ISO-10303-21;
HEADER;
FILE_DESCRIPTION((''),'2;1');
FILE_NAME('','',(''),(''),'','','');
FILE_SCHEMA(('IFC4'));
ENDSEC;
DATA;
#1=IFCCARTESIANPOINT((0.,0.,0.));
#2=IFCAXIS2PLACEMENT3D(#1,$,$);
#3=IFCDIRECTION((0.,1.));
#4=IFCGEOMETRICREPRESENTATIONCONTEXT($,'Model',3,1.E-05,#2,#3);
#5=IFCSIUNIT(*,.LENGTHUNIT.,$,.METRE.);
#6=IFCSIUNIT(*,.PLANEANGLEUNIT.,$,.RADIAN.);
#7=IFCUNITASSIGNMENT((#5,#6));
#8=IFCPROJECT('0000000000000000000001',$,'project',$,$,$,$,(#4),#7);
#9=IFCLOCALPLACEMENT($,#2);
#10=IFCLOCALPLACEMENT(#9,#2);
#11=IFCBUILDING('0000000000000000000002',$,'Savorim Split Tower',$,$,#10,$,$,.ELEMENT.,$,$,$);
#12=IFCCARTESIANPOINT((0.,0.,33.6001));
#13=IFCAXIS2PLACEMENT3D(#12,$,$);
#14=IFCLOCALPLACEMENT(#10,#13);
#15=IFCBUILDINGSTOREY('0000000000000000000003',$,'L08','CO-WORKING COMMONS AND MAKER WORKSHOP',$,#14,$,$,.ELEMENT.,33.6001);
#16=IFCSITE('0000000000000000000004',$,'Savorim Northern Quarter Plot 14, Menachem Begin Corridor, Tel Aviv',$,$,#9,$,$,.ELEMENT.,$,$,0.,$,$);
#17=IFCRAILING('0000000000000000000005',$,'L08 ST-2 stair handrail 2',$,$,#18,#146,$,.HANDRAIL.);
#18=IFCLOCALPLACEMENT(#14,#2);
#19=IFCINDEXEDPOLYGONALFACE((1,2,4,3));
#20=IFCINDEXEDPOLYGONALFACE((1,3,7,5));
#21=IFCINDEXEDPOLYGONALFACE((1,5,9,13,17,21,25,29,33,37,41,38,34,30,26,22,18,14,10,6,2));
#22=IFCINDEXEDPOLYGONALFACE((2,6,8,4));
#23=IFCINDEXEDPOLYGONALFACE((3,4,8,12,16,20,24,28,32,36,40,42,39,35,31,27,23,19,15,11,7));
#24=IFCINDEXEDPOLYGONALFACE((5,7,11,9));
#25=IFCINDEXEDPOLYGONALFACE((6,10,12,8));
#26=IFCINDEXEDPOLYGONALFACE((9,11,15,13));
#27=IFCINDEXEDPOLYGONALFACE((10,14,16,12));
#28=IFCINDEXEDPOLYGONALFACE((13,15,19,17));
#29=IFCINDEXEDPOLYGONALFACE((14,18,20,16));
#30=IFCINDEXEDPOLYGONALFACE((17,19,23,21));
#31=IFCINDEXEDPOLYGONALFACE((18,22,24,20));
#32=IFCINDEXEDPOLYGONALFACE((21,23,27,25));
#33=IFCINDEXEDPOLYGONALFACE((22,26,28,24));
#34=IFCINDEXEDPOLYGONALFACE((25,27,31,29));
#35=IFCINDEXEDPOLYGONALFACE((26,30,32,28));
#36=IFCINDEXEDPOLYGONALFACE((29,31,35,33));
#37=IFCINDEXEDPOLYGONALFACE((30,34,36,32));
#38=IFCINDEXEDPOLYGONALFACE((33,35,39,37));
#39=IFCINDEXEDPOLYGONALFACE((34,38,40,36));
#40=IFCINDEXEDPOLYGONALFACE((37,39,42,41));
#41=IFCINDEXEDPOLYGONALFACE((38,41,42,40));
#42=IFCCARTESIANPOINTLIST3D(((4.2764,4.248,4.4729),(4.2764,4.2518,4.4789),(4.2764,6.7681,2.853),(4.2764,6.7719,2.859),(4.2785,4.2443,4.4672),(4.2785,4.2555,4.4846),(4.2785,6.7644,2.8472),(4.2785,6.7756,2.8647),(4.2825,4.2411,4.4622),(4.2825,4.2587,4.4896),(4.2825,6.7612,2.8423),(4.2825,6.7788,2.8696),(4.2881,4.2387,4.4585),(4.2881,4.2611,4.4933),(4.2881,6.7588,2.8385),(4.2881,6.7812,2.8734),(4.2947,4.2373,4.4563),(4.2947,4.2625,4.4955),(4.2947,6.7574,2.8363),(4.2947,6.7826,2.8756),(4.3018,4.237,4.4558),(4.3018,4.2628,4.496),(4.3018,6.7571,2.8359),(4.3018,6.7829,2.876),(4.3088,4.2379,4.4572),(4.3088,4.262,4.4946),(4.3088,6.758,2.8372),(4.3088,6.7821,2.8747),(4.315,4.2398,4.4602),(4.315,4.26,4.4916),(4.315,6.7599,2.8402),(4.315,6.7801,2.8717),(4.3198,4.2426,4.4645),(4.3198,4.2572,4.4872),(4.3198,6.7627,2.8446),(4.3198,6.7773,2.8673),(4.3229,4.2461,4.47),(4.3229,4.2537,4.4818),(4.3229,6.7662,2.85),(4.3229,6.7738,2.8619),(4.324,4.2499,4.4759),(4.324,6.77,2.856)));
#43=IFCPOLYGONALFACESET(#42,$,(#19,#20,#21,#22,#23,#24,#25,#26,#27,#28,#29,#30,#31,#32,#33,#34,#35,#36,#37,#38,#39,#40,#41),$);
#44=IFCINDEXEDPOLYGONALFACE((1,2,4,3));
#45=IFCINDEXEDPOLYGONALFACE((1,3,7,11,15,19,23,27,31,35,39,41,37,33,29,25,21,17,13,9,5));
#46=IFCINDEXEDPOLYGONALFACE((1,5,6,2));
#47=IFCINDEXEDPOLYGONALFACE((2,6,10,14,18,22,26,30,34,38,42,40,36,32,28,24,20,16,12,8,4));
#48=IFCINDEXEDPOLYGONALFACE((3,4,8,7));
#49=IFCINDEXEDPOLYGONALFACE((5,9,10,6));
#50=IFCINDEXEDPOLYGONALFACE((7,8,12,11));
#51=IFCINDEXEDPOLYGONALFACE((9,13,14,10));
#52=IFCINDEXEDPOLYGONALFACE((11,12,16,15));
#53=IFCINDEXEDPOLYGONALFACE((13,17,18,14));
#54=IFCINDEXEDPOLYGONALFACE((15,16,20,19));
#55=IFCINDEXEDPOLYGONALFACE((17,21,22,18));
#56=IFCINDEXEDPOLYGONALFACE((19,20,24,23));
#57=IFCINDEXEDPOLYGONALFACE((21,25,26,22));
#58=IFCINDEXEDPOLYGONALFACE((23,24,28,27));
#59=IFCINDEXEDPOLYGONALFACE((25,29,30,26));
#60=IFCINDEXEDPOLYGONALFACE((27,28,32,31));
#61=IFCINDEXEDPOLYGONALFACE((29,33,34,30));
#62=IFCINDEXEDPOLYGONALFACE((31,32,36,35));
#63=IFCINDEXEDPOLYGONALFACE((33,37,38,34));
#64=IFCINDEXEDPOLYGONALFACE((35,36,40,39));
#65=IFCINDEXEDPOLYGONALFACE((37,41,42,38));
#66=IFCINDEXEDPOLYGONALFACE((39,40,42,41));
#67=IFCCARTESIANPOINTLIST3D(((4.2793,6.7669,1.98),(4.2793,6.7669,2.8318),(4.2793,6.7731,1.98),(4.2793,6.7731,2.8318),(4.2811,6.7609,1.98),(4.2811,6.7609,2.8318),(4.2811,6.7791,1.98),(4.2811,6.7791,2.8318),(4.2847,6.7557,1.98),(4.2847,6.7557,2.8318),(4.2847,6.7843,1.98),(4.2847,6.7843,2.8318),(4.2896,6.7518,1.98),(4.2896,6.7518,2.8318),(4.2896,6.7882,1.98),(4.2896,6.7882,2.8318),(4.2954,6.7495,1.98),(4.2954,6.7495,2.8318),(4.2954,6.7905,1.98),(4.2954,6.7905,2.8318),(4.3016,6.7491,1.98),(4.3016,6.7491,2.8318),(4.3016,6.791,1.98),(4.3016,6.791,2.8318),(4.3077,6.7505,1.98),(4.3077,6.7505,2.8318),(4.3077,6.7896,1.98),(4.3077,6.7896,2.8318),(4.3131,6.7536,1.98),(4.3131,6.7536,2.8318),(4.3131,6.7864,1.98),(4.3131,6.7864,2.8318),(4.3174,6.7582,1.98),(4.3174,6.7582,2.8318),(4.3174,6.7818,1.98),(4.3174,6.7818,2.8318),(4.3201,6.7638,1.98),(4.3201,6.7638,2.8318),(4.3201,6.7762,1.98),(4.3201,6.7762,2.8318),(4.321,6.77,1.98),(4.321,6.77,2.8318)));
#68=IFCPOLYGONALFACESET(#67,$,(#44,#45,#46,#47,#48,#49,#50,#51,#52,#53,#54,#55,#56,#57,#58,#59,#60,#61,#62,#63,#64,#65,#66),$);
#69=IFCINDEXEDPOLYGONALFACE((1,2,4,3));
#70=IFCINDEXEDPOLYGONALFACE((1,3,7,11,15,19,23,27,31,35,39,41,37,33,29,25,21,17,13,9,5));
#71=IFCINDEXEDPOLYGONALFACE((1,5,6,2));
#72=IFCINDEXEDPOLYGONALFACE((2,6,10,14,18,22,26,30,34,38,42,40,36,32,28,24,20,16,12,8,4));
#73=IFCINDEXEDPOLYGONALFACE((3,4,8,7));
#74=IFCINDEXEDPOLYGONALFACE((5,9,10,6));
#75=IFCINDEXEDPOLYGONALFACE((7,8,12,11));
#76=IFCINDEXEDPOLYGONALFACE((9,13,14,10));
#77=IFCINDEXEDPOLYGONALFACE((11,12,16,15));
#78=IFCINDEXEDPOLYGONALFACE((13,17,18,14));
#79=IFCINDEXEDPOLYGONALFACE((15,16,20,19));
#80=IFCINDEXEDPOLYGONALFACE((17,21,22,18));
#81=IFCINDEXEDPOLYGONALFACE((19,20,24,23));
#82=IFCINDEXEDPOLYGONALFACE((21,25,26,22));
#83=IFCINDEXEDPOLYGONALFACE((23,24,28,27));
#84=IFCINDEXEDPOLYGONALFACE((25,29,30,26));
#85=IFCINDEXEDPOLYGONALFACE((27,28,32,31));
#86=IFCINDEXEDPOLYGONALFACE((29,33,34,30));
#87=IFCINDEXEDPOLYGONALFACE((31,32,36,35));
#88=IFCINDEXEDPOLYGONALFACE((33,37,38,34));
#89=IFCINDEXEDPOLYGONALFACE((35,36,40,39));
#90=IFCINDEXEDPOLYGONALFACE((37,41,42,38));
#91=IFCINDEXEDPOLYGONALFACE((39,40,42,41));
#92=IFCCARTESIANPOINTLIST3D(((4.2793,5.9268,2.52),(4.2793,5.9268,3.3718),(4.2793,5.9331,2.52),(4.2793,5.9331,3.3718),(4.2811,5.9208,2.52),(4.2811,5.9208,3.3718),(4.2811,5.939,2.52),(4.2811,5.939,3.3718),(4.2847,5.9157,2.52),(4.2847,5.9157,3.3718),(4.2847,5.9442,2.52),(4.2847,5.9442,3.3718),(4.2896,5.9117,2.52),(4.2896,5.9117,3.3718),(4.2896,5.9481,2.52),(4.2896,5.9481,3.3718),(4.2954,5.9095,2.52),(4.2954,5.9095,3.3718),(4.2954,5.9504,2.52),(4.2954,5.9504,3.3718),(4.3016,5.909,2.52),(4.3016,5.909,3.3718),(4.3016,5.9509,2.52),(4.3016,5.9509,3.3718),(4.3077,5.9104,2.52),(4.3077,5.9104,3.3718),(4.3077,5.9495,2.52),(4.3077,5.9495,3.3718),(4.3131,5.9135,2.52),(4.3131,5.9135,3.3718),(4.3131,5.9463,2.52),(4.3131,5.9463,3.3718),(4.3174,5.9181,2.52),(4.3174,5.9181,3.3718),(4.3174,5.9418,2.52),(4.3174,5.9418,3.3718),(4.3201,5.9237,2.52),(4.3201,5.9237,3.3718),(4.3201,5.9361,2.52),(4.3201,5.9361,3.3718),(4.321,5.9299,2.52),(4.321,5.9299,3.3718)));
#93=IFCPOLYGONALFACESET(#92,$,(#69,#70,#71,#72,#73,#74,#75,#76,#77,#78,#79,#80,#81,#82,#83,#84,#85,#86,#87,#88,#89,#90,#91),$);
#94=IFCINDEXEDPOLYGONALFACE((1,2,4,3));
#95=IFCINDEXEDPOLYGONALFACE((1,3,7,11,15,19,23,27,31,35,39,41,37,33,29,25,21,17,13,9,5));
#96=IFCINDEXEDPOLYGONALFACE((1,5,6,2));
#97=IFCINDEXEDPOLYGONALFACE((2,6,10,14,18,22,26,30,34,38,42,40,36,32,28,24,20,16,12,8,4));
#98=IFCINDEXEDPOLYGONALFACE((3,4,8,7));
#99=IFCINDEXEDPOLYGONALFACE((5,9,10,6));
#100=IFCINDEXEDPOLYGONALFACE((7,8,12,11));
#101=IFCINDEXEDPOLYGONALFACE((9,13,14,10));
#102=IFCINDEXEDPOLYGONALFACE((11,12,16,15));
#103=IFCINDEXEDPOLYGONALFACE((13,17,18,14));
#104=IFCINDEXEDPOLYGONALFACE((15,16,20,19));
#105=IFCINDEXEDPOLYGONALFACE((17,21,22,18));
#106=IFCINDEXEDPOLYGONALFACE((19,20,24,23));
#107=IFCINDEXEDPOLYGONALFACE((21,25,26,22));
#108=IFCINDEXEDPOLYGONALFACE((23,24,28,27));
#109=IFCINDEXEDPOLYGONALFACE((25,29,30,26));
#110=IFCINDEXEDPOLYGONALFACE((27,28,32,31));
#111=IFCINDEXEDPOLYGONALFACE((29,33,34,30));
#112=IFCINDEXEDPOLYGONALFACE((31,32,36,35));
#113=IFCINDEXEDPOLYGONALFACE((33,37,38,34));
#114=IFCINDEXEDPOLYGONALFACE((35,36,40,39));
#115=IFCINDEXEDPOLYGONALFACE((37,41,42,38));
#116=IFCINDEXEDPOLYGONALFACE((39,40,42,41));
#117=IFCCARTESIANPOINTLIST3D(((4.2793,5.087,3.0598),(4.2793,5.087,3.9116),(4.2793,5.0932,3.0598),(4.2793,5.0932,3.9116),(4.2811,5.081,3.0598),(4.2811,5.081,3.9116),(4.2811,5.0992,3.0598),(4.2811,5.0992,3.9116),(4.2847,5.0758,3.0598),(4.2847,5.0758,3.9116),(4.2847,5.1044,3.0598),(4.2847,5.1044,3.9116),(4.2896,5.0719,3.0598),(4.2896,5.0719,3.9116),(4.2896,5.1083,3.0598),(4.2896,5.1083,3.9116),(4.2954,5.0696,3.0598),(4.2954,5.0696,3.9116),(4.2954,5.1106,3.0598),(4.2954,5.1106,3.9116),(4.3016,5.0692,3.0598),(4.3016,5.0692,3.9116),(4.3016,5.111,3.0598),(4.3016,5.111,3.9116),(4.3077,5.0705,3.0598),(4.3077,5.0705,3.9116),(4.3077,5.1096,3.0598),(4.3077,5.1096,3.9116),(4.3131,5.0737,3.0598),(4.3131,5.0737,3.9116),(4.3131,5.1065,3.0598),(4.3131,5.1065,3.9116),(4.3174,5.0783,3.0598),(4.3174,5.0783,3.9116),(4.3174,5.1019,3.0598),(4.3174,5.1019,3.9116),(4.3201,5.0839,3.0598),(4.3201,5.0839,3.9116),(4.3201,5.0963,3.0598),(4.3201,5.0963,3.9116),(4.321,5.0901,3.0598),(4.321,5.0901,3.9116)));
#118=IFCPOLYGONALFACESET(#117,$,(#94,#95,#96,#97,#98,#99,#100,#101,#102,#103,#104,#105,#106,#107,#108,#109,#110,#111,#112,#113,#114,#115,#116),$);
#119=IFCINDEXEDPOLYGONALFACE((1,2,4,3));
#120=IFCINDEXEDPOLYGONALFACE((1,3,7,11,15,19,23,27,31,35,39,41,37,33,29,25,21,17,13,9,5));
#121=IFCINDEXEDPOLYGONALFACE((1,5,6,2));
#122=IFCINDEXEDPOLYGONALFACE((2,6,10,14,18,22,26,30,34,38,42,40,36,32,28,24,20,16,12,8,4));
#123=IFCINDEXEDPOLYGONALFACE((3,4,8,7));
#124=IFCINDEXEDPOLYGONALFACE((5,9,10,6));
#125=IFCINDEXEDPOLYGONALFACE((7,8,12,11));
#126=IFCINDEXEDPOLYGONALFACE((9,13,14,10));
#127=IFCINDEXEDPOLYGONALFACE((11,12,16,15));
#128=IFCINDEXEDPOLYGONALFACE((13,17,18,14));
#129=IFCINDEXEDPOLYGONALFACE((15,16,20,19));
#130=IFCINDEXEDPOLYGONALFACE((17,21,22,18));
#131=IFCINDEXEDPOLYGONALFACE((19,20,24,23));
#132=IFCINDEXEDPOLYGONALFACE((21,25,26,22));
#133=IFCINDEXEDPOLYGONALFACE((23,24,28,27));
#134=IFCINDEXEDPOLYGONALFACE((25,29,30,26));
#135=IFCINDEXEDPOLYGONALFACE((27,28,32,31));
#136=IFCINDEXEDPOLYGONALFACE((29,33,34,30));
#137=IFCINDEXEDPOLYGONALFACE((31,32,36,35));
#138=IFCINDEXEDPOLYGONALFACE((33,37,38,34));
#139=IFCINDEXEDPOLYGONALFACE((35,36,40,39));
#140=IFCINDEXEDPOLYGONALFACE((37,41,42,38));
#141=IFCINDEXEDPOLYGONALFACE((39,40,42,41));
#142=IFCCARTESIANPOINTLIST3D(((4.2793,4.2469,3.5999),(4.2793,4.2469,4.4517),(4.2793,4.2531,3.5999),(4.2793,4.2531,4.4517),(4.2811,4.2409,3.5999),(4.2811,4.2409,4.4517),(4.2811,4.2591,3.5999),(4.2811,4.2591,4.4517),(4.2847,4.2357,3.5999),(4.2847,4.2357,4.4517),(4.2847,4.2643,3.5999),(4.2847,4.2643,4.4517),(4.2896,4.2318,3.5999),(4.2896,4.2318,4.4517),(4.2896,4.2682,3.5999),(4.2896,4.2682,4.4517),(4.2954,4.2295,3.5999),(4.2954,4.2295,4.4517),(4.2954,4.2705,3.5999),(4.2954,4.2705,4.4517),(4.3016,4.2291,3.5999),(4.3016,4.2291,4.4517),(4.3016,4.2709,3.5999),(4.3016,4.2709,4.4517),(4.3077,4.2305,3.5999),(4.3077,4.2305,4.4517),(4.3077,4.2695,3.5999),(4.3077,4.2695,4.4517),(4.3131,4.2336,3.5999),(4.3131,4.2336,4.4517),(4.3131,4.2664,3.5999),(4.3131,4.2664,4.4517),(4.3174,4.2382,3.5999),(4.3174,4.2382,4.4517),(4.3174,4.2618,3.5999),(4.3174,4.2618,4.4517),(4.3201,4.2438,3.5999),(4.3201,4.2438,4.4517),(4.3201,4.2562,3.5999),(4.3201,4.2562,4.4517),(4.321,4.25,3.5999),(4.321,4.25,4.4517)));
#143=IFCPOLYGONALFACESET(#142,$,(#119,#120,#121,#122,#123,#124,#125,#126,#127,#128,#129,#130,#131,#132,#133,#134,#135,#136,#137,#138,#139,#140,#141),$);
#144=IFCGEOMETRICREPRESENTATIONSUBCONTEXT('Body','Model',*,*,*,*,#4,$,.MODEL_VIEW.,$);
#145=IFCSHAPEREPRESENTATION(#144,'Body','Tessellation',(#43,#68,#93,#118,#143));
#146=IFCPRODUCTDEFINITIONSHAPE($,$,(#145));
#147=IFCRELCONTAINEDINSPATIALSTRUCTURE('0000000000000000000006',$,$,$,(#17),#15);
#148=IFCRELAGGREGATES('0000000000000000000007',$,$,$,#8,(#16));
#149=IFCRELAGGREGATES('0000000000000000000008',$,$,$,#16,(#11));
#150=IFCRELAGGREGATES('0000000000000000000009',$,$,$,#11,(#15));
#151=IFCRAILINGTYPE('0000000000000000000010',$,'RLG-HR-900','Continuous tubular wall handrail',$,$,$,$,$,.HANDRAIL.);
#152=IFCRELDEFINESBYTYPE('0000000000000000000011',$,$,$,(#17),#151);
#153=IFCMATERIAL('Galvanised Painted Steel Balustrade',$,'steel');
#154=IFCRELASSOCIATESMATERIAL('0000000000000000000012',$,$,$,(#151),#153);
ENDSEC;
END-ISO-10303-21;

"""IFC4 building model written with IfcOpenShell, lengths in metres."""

from ifc_helpers import new_model, si_unit, direction, frame, origin, origin_2d, place, context, subcontext, project, spatial, circle, extrude, material, type_object, element, save


model = new_model("IFC4")

# Units and contexts
model_context = context("Model", 3, precision=1e-05, world=origin(), true_north=direction((0.0, 1.0)))
body_context = subcontext(model_context, "Body", "Model", "MODEL_VIEW")
ifc_project = project(units=[si_unit("LENGTHUNIT", "METRE"), si_unit("PLANEANGLEUNIT", "RADIAN")], contexts=[model_context])

# Site, building, storey
site_placement = place(None, origin())
site = spatial("IfcSite", under=ifc_project, at=site_placement, Name="Savorim Northern Quarter Plot 14, Menachem Begin Corridor, Tel Aviv", CompositionType="ELEMENT", RefElevation=0.0)
building_placement = place(site_placement, origin())
building = spatial("IfcBuilding", under=site, at=building_placement, Name="Savorim Split Tower", CompositionType="ELEMENT")
storey_placement = place(building_placement, frame((0.0, 0.0, 33.6001)))
storey = spatial("IfcBuildingStorey", under=building, at=storey_placement, Name="L08", Description="CO-WORKING COMMONS AND MAKER WORKSHOP", CompositionType="ELEMENT", Elevation=33.6001)

# Railing
ifc_material_1 = material(Name="Galvanised Painted Steel Balustrade", Category="steel")
railing_type_1 = type_object("IfcRailingType", Name="RLG-HR-900", Description="Continuous tubular wall handrail", PredefinedType="HANDRAIL", material=ifc_material_1)
railing_1_placement = place(storey_placement, frame((4.3, 6.77, 1.98)))
element("IfcRailing", 1, at=railing_1_placement, inside=storey, type_object=railing_type_1, Name="L08 ST-2 stair handrail 2", PredefinedType="HANDRAIL", context=body_context, shape_type="SweptSolid", body=[
    extrude(circle(Radius=0.0239, at=origin_2d()), frame((0.0, 0.0, 0.876), z_axis=(0.0, -0.8412, 0.540725), x_axis=(1.0, 0.0, 0.0)), (0.0, 0.0, 1.0), 2.9958),
    extrude(circle(Radius=0.021, at=origin_2d()), origin(), (0.0, 0.0, 1.0), 0.8518),
    extrude(circle(Radius=0.021, at=origin_2d()), frame((0.0, -0.8401, 0.54)), (0.0, 0.0, 1.0), 0.8518),
    extrude(circle(Radius=0.021, at=origin_2d()), frame((0.0, -1.6799, 1.0798)), (0.0, 0.0, 1.0), 0.8518),
    extrude(circle(Radius=0.021, at=origin_2d()), frame((0.0, -2.52, 1.6199)), (0.0, 0.0, 1.0), 0.8518),
])

save(model, "model.ifc")
